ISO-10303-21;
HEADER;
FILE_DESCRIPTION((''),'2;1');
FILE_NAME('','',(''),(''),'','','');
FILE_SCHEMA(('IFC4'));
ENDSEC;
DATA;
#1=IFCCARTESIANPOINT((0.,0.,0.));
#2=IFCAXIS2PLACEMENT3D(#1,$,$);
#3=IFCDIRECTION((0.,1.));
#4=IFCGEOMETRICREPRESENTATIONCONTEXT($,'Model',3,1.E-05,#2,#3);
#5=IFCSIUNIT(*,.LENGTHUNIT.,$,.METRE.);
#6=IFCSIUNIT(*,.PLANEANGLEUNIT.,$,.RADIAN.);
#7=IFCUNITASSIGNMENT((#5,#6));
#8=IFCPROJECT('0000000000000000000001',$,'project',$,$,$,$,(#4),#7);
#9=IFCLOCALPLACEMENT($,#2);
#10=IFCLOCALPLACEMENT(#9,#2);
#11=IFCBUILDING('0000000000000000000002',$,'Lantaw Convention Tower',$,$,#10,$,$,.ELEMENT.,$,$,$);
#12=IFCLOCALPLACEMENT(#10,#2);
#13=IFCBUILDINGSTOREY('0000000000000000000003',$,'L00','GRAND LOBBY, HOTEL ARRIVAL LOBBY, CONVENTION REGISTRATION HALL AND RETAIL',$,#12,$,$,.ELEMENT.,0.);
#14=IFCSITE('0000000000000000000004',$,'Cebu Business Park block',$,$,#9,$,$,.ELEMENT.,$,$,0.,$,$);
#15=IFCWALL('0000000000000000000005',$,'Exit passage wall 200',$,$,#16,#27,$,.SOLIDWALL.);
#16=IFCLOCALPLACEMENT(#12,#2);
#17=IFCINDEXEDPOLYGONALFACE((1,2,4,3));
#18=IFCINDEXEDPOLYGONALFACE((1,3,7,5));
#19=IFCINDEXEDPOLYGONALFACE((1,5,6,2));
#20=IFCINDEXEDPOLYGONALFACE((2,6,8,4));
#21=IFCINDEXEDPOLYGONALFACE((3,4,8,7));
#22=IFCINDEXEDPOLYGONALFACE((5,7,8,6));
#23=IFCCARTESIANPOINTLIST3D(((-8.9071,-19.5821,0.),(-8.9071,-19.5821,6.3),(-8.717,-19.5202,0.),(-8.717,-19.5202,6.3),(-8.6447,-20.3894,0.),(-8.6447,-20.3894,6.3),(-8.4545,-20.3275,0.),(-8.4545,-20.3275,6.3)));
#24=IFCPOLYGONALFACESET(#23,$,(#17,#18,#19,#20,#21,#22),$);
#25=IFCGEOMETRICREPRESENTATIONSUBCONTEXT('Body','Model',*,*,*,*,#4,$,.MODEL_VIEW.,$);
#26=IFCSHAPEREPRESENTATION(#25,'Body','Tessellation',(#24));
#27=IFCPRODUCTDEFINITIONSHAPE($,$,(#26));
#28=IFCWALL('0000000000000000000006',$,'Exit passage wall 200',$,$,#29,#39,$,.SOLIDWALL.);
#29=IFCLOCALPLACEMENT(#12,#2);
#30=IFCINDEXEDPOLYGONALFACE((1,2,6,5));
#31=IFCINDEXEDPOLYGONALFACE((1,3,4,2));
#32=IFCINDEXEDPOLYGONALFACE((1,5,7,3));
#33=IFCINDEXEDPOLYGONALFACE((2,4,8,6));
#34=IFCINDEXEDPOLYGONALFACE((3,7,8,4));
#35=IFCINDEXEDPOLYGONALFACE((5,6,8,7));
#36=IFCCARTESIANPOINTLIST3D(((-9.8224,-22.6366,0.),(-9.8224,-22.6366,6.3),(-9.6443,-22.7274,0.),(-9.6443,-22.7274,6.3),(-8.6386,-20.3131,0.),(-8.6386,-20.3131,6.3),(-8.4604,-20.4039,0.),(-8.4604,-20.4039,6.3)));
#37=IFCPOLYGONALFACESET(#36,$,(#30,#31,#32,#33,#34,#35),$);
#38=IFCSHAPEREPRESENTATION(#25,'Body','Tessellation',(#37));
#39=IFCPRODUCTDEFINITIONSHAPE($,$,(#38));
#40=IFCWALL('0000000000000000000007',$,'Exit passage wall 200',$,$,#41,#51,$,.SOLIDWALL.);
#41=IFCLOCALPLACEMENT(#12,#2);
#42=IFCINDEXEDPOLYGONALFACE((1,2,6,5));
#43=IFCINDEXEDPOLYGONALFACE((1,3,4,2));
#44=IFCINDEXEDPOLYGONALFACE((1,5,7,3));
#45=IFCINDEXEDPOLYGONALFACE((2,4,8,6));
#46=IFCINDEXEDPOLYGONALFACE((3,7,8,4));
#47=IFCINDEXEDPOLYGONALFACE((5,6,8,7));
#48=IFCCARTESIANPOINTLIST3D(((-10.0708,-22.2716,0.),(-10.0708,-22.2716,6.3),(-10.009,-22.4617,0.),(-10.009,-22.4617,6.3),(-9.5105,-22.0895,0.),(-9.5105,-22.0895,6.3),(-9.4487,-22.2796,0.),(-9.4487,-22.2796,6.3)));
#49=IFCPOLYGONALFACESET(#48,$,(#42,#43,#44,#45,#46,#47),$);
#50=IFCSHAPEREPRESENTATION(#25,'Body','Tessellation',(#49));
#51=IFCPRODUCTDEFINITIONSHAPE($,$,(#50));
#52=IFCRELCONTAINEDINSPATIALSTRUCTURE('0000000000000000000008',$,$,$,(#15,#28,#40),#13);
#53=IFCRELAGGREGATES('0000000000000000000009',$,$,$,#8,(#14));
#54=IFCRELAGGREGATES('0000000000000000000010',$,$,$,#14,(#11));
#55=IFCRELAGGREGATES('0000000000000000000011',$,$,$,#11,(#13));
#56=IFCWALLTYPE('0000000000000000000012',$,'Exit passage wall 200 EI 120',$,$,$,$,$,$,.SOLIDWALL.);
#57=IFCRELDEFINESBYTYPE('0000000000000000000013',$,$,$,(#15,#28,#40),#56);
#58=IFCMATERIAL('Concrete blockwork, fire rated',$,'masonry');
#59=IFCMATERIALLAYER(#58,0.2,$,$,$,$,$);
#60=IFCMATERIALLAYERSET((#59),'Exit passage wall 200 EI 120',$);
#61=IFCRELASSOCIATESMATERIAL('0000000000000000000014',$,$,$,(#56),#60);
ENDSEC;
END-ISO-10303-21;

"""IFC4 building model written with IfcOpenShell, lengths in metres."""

from ifc_helpers import new_model, si_unit, direction, frame, frame_2d, origin, place, context, subcontext, project, spatial, rectangle, extrude, material, layer, layer_set, type_object, element, save


model = new_model("IFC4")

# Units and contexts
model_context = context("Model", 3, precision=1e-05, world=origin(), true_north=direction((0.0, 1.0)))
body_context = subcontext(model_context, "Body", "Model", "MODEL_VIEW")
ifc_project = project(units=[si_unit("LENGTHUNIT", "METRE"), si_unit("PLANEANGLEUNIT", "RADIAN")], contexts=[model_context])

# Site, building, storey
site_placement = place(None, origin())
site = spatial("IfcSite", under=ifc_project, at=site_placement, Name="Cebu Business Park block", CompositionType="ELEMENT", RefElevation=0.0)
building_placement = place(site_placement, origin())
building = spatial("IfcBuilding", under=site, at=building_placement, Name="Lantaw Convention Tower", CompositionType="ELEMENT")
storey_placement = place(building_placement, origin())
storey = spatial("IfcBuildingStorey", under=building, at=storey_placement, Name="L00", Description="GRAND LOBBY, HOTEL ARRIVAL LOBBY, CONVENTION REGISTRATION HALL AND RETAIL", CompositionType="ELEMENT", Elevation=0.0)

# Walls
ifc_material_1 = material(Name="Concrete blockwork, fire rated", Category="masonry")
ifc_layer_1 = layer(ifc_material_1, 0.2)
ifc_layer_set_1 = layer_set([ifc_layer_1], Name="Exit passage wall 200 EI 120")
wall_type_1 = type_object("IfcWallType", Name="Exit passage wall 200 EI 120", PredefinedType="SOLIDWALL", material=ifc_layer_set_1)
wall_1_placement = place(storey_placement, frame((-8.812, -19.5513, 0.0), z_axis=(0.0, 0.0, 1.0), x_axis=(0.309145, -0.951015, 0.0)))
element("IfcWall", 1, at=wall_1_placement, inside=storey, type_object=wall_type_1, Name="Exit passage wall 200", PredefinedType="SOLIDWALL", context=body_context, shape_type="SweptSolid", body=[
    extrude(rectangle(XDim=0.8489, YDim=0.2, at=frame_2d((0.4243, 0.0))), origin(), (0.0, 0.0, 1.0), 6.3),
])
wall_2_placement = place(storey_placement, frame((-8.5496, -20.3586, 0.0), z_axis=(0.0, 0.0, 1.0), x_axis=(-0.453979, -0.891012, 0.0)))
element("IfcWall", 2, at=wall_2_placement, inside=storey, type_object=wall_type_1, Name="Exit passage wall 200", PredefinedType="SOLIDWALL", context=body_context, shape_type="SweptSolid", body=[
    extrude(rectangle(XDim=2.6077, YDim=0.2, at=frame_2d((1.3037, 0.0))), origin(), (0.0, 0.0, 1.0), 6.3),
])
wall_3_placement = place(storey_placement, frame((-9.4797, -22.1846, 0.0), z_axis=(0.0, 0.0, 1.0), x_axis=(-0.951019, -0.309133, 0.0)))
element("IfcWall", 3, at=wall_3_placement, inside=storey, type_object=wall_type_1, Name="Exit passage wall 200", PredefinedType="SOLIDWALL", context=body_context, shape_type="SweptSolid", body=[
    extrude(rectangle(XDim=0.5891, YDim=0.2, at=frame_2d((0.2944, 0.0))), origin(), (0.0, 0.0, 1.0), 6.3),
])

save(model, "model.ifc")
